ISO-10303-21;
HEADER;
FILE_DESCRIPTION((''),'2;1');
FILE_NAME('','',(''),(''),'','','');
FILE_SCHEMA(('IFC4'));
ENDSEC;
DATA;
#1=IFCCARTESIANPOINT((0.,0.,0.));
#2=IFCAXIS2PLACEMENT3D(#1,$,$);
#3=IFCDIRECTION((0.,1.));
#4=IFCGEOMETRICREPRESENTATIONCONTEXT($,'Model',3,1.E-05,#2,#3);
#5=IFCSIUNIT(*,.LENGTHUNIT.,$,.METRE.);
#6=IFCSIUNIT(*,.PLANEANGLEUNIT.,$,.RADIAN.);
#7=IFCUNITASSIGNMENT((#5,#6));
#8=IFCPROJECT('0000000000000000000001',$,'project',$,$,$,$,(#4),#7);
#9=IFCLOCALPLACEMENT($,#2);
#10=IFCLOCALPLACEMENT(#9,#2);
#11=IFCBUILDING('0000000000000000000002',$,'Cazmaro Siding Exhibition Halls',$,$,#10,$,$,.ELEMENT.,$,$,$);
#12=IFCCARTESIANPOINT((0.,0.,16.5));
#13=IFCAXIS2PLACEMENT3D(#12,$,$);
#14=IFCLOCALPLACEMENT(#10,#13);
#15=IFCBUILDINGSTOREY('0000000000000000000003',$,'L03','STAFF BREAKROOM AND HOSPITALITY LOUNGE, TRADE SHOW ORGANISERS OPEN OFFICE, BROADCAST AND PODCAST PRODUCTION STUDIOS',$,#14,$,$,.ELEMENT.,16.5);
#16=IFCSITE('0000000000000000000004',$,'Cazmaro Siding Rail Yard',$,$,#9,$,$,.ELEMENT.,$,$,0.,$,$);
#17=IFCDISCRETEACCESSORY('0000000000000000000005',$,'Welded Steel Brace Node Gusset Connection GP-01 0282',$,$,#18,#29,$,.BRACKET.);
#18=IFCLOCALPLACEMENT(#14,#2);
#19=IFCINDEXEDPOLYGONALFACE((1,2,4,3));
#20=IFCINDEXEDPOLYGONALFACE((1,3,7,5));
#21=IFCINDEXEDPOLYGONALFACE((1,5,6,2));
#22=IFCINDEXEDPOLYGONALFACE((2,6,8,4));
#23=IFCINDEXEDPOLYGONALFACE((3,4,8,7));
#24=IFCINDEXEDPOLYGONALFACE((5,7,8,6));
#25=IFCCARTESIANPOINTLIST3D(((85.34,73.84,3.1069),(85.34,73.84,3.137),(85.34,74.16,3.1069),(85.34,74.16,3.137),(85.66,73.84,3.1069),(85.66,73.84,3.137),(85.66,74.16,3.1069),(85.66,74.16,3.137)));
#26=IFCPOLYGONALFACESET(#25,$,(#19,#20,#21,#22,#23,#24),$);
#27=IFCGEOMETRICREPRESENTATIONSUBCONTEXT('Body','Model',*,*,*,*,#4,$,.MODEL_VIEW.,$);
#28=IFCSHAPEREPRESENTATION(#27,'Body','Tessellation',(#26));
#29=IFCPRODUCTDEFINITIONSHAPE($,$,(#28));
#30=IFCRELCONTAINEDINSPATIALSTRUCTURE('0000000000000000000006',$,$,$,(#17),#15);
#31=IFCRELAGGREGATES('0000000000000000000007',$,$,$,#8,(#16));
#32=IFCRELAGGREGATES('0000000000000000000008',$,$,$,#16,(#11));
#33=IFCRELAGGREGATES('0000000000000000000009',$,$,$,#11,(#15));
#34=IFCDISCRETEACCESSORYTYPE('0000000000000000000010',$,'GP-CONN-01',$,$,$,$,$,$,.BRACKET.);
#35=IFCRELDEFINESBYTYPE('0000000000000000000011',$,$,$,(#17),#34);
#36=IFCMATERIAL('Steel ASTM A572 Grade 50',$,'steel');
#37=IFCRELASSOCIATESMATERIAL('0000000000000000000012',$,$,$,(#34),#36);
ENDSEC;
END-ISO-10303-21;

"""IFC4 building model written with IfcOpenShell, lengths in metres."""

from ifc_helpers import new_model, si_unit, direction, frame, origin, origin_2d, place, context, subcontext, project, spatial, rectangle, extrude, material, type_object, element, save


model = new_model("IFC4")

# Units and contexts
model_context = context("Model", 3, precision=1e-05, world=origin(), true_north=direction((0.0, 1.0)))
body_context = subcontext(model_context, "Body", "Model", "MODEL_VIEW")
ifc_project = project(units=[si_unit("LENGTHUNIT", "METRE"), si_unit("PLANEANGLEUNIT", "RADIAN")], contexts=[model_context])

# Site, building, storey
site_placement = place(None, origin())
site = spatial("IfcSite", under=ifc_project, at=site_placement, Name="Cazmaro Siding Rail Yard", CompositionType="ELEMENT", RefElevation=0.0)
building_placement = place(site_placement, origin())
building = spatial("IfcBuilding", under=site, at=building_placement, Name="Cazmaro Siding Exhibition Halls", CompositionType="ELEMENT")
storey_placement = place(building_placement, frame((0.0, 0.0, 16.5)))
storey = spatial("IfcBuildingStorey", under=building, at=storey_placement, Name="L03", Description="STAFF BREAKROOM AND HOSPITALITY LOUNGE, TRADE SHOW ORGANISERS OPEN OFFICE, BROADCAST AND PODCAST PRODUCTION STUDIOS", CompositionType="ELEMENT", Elevation=16.5)

# Discrete accessory
ifc_material_1 = material(Name="Steel ASTM A572 Grade 50", Category="steel")
discrete_accessory_type = type_object("IfcDiscreteAccessoryType", Name="GP-CONN-01", PredefinedType="BRACKET", material=ifc_material_1)
for number, where, z_axis, x_axis, name in (
    (1, (85.5, 74.0, 3.1069), (0.0, 0.0, 1.0), (1.0, 0.0, 0.0), "Welded Steel Brace Node Gusset Connection GP-01 0282"),
):
    element("IfcDiscreteAccessory", number, at=place(storey_placement, frame(where, z_axis=z_axis, x_axis=x_axis)), inside=storey, type_object=discrete_accessory_type, Name=name, PredefinedType="BRACKET", context=body_context, shape_type="SweptSolid", body=[
        extrude(rectangle(XDim=0.3201, YDim=0.3201, at=origin_2d()), origin(), (0.0, 0.0, 1.0), 0.03),
    ])

save(model, "model.ifc")
